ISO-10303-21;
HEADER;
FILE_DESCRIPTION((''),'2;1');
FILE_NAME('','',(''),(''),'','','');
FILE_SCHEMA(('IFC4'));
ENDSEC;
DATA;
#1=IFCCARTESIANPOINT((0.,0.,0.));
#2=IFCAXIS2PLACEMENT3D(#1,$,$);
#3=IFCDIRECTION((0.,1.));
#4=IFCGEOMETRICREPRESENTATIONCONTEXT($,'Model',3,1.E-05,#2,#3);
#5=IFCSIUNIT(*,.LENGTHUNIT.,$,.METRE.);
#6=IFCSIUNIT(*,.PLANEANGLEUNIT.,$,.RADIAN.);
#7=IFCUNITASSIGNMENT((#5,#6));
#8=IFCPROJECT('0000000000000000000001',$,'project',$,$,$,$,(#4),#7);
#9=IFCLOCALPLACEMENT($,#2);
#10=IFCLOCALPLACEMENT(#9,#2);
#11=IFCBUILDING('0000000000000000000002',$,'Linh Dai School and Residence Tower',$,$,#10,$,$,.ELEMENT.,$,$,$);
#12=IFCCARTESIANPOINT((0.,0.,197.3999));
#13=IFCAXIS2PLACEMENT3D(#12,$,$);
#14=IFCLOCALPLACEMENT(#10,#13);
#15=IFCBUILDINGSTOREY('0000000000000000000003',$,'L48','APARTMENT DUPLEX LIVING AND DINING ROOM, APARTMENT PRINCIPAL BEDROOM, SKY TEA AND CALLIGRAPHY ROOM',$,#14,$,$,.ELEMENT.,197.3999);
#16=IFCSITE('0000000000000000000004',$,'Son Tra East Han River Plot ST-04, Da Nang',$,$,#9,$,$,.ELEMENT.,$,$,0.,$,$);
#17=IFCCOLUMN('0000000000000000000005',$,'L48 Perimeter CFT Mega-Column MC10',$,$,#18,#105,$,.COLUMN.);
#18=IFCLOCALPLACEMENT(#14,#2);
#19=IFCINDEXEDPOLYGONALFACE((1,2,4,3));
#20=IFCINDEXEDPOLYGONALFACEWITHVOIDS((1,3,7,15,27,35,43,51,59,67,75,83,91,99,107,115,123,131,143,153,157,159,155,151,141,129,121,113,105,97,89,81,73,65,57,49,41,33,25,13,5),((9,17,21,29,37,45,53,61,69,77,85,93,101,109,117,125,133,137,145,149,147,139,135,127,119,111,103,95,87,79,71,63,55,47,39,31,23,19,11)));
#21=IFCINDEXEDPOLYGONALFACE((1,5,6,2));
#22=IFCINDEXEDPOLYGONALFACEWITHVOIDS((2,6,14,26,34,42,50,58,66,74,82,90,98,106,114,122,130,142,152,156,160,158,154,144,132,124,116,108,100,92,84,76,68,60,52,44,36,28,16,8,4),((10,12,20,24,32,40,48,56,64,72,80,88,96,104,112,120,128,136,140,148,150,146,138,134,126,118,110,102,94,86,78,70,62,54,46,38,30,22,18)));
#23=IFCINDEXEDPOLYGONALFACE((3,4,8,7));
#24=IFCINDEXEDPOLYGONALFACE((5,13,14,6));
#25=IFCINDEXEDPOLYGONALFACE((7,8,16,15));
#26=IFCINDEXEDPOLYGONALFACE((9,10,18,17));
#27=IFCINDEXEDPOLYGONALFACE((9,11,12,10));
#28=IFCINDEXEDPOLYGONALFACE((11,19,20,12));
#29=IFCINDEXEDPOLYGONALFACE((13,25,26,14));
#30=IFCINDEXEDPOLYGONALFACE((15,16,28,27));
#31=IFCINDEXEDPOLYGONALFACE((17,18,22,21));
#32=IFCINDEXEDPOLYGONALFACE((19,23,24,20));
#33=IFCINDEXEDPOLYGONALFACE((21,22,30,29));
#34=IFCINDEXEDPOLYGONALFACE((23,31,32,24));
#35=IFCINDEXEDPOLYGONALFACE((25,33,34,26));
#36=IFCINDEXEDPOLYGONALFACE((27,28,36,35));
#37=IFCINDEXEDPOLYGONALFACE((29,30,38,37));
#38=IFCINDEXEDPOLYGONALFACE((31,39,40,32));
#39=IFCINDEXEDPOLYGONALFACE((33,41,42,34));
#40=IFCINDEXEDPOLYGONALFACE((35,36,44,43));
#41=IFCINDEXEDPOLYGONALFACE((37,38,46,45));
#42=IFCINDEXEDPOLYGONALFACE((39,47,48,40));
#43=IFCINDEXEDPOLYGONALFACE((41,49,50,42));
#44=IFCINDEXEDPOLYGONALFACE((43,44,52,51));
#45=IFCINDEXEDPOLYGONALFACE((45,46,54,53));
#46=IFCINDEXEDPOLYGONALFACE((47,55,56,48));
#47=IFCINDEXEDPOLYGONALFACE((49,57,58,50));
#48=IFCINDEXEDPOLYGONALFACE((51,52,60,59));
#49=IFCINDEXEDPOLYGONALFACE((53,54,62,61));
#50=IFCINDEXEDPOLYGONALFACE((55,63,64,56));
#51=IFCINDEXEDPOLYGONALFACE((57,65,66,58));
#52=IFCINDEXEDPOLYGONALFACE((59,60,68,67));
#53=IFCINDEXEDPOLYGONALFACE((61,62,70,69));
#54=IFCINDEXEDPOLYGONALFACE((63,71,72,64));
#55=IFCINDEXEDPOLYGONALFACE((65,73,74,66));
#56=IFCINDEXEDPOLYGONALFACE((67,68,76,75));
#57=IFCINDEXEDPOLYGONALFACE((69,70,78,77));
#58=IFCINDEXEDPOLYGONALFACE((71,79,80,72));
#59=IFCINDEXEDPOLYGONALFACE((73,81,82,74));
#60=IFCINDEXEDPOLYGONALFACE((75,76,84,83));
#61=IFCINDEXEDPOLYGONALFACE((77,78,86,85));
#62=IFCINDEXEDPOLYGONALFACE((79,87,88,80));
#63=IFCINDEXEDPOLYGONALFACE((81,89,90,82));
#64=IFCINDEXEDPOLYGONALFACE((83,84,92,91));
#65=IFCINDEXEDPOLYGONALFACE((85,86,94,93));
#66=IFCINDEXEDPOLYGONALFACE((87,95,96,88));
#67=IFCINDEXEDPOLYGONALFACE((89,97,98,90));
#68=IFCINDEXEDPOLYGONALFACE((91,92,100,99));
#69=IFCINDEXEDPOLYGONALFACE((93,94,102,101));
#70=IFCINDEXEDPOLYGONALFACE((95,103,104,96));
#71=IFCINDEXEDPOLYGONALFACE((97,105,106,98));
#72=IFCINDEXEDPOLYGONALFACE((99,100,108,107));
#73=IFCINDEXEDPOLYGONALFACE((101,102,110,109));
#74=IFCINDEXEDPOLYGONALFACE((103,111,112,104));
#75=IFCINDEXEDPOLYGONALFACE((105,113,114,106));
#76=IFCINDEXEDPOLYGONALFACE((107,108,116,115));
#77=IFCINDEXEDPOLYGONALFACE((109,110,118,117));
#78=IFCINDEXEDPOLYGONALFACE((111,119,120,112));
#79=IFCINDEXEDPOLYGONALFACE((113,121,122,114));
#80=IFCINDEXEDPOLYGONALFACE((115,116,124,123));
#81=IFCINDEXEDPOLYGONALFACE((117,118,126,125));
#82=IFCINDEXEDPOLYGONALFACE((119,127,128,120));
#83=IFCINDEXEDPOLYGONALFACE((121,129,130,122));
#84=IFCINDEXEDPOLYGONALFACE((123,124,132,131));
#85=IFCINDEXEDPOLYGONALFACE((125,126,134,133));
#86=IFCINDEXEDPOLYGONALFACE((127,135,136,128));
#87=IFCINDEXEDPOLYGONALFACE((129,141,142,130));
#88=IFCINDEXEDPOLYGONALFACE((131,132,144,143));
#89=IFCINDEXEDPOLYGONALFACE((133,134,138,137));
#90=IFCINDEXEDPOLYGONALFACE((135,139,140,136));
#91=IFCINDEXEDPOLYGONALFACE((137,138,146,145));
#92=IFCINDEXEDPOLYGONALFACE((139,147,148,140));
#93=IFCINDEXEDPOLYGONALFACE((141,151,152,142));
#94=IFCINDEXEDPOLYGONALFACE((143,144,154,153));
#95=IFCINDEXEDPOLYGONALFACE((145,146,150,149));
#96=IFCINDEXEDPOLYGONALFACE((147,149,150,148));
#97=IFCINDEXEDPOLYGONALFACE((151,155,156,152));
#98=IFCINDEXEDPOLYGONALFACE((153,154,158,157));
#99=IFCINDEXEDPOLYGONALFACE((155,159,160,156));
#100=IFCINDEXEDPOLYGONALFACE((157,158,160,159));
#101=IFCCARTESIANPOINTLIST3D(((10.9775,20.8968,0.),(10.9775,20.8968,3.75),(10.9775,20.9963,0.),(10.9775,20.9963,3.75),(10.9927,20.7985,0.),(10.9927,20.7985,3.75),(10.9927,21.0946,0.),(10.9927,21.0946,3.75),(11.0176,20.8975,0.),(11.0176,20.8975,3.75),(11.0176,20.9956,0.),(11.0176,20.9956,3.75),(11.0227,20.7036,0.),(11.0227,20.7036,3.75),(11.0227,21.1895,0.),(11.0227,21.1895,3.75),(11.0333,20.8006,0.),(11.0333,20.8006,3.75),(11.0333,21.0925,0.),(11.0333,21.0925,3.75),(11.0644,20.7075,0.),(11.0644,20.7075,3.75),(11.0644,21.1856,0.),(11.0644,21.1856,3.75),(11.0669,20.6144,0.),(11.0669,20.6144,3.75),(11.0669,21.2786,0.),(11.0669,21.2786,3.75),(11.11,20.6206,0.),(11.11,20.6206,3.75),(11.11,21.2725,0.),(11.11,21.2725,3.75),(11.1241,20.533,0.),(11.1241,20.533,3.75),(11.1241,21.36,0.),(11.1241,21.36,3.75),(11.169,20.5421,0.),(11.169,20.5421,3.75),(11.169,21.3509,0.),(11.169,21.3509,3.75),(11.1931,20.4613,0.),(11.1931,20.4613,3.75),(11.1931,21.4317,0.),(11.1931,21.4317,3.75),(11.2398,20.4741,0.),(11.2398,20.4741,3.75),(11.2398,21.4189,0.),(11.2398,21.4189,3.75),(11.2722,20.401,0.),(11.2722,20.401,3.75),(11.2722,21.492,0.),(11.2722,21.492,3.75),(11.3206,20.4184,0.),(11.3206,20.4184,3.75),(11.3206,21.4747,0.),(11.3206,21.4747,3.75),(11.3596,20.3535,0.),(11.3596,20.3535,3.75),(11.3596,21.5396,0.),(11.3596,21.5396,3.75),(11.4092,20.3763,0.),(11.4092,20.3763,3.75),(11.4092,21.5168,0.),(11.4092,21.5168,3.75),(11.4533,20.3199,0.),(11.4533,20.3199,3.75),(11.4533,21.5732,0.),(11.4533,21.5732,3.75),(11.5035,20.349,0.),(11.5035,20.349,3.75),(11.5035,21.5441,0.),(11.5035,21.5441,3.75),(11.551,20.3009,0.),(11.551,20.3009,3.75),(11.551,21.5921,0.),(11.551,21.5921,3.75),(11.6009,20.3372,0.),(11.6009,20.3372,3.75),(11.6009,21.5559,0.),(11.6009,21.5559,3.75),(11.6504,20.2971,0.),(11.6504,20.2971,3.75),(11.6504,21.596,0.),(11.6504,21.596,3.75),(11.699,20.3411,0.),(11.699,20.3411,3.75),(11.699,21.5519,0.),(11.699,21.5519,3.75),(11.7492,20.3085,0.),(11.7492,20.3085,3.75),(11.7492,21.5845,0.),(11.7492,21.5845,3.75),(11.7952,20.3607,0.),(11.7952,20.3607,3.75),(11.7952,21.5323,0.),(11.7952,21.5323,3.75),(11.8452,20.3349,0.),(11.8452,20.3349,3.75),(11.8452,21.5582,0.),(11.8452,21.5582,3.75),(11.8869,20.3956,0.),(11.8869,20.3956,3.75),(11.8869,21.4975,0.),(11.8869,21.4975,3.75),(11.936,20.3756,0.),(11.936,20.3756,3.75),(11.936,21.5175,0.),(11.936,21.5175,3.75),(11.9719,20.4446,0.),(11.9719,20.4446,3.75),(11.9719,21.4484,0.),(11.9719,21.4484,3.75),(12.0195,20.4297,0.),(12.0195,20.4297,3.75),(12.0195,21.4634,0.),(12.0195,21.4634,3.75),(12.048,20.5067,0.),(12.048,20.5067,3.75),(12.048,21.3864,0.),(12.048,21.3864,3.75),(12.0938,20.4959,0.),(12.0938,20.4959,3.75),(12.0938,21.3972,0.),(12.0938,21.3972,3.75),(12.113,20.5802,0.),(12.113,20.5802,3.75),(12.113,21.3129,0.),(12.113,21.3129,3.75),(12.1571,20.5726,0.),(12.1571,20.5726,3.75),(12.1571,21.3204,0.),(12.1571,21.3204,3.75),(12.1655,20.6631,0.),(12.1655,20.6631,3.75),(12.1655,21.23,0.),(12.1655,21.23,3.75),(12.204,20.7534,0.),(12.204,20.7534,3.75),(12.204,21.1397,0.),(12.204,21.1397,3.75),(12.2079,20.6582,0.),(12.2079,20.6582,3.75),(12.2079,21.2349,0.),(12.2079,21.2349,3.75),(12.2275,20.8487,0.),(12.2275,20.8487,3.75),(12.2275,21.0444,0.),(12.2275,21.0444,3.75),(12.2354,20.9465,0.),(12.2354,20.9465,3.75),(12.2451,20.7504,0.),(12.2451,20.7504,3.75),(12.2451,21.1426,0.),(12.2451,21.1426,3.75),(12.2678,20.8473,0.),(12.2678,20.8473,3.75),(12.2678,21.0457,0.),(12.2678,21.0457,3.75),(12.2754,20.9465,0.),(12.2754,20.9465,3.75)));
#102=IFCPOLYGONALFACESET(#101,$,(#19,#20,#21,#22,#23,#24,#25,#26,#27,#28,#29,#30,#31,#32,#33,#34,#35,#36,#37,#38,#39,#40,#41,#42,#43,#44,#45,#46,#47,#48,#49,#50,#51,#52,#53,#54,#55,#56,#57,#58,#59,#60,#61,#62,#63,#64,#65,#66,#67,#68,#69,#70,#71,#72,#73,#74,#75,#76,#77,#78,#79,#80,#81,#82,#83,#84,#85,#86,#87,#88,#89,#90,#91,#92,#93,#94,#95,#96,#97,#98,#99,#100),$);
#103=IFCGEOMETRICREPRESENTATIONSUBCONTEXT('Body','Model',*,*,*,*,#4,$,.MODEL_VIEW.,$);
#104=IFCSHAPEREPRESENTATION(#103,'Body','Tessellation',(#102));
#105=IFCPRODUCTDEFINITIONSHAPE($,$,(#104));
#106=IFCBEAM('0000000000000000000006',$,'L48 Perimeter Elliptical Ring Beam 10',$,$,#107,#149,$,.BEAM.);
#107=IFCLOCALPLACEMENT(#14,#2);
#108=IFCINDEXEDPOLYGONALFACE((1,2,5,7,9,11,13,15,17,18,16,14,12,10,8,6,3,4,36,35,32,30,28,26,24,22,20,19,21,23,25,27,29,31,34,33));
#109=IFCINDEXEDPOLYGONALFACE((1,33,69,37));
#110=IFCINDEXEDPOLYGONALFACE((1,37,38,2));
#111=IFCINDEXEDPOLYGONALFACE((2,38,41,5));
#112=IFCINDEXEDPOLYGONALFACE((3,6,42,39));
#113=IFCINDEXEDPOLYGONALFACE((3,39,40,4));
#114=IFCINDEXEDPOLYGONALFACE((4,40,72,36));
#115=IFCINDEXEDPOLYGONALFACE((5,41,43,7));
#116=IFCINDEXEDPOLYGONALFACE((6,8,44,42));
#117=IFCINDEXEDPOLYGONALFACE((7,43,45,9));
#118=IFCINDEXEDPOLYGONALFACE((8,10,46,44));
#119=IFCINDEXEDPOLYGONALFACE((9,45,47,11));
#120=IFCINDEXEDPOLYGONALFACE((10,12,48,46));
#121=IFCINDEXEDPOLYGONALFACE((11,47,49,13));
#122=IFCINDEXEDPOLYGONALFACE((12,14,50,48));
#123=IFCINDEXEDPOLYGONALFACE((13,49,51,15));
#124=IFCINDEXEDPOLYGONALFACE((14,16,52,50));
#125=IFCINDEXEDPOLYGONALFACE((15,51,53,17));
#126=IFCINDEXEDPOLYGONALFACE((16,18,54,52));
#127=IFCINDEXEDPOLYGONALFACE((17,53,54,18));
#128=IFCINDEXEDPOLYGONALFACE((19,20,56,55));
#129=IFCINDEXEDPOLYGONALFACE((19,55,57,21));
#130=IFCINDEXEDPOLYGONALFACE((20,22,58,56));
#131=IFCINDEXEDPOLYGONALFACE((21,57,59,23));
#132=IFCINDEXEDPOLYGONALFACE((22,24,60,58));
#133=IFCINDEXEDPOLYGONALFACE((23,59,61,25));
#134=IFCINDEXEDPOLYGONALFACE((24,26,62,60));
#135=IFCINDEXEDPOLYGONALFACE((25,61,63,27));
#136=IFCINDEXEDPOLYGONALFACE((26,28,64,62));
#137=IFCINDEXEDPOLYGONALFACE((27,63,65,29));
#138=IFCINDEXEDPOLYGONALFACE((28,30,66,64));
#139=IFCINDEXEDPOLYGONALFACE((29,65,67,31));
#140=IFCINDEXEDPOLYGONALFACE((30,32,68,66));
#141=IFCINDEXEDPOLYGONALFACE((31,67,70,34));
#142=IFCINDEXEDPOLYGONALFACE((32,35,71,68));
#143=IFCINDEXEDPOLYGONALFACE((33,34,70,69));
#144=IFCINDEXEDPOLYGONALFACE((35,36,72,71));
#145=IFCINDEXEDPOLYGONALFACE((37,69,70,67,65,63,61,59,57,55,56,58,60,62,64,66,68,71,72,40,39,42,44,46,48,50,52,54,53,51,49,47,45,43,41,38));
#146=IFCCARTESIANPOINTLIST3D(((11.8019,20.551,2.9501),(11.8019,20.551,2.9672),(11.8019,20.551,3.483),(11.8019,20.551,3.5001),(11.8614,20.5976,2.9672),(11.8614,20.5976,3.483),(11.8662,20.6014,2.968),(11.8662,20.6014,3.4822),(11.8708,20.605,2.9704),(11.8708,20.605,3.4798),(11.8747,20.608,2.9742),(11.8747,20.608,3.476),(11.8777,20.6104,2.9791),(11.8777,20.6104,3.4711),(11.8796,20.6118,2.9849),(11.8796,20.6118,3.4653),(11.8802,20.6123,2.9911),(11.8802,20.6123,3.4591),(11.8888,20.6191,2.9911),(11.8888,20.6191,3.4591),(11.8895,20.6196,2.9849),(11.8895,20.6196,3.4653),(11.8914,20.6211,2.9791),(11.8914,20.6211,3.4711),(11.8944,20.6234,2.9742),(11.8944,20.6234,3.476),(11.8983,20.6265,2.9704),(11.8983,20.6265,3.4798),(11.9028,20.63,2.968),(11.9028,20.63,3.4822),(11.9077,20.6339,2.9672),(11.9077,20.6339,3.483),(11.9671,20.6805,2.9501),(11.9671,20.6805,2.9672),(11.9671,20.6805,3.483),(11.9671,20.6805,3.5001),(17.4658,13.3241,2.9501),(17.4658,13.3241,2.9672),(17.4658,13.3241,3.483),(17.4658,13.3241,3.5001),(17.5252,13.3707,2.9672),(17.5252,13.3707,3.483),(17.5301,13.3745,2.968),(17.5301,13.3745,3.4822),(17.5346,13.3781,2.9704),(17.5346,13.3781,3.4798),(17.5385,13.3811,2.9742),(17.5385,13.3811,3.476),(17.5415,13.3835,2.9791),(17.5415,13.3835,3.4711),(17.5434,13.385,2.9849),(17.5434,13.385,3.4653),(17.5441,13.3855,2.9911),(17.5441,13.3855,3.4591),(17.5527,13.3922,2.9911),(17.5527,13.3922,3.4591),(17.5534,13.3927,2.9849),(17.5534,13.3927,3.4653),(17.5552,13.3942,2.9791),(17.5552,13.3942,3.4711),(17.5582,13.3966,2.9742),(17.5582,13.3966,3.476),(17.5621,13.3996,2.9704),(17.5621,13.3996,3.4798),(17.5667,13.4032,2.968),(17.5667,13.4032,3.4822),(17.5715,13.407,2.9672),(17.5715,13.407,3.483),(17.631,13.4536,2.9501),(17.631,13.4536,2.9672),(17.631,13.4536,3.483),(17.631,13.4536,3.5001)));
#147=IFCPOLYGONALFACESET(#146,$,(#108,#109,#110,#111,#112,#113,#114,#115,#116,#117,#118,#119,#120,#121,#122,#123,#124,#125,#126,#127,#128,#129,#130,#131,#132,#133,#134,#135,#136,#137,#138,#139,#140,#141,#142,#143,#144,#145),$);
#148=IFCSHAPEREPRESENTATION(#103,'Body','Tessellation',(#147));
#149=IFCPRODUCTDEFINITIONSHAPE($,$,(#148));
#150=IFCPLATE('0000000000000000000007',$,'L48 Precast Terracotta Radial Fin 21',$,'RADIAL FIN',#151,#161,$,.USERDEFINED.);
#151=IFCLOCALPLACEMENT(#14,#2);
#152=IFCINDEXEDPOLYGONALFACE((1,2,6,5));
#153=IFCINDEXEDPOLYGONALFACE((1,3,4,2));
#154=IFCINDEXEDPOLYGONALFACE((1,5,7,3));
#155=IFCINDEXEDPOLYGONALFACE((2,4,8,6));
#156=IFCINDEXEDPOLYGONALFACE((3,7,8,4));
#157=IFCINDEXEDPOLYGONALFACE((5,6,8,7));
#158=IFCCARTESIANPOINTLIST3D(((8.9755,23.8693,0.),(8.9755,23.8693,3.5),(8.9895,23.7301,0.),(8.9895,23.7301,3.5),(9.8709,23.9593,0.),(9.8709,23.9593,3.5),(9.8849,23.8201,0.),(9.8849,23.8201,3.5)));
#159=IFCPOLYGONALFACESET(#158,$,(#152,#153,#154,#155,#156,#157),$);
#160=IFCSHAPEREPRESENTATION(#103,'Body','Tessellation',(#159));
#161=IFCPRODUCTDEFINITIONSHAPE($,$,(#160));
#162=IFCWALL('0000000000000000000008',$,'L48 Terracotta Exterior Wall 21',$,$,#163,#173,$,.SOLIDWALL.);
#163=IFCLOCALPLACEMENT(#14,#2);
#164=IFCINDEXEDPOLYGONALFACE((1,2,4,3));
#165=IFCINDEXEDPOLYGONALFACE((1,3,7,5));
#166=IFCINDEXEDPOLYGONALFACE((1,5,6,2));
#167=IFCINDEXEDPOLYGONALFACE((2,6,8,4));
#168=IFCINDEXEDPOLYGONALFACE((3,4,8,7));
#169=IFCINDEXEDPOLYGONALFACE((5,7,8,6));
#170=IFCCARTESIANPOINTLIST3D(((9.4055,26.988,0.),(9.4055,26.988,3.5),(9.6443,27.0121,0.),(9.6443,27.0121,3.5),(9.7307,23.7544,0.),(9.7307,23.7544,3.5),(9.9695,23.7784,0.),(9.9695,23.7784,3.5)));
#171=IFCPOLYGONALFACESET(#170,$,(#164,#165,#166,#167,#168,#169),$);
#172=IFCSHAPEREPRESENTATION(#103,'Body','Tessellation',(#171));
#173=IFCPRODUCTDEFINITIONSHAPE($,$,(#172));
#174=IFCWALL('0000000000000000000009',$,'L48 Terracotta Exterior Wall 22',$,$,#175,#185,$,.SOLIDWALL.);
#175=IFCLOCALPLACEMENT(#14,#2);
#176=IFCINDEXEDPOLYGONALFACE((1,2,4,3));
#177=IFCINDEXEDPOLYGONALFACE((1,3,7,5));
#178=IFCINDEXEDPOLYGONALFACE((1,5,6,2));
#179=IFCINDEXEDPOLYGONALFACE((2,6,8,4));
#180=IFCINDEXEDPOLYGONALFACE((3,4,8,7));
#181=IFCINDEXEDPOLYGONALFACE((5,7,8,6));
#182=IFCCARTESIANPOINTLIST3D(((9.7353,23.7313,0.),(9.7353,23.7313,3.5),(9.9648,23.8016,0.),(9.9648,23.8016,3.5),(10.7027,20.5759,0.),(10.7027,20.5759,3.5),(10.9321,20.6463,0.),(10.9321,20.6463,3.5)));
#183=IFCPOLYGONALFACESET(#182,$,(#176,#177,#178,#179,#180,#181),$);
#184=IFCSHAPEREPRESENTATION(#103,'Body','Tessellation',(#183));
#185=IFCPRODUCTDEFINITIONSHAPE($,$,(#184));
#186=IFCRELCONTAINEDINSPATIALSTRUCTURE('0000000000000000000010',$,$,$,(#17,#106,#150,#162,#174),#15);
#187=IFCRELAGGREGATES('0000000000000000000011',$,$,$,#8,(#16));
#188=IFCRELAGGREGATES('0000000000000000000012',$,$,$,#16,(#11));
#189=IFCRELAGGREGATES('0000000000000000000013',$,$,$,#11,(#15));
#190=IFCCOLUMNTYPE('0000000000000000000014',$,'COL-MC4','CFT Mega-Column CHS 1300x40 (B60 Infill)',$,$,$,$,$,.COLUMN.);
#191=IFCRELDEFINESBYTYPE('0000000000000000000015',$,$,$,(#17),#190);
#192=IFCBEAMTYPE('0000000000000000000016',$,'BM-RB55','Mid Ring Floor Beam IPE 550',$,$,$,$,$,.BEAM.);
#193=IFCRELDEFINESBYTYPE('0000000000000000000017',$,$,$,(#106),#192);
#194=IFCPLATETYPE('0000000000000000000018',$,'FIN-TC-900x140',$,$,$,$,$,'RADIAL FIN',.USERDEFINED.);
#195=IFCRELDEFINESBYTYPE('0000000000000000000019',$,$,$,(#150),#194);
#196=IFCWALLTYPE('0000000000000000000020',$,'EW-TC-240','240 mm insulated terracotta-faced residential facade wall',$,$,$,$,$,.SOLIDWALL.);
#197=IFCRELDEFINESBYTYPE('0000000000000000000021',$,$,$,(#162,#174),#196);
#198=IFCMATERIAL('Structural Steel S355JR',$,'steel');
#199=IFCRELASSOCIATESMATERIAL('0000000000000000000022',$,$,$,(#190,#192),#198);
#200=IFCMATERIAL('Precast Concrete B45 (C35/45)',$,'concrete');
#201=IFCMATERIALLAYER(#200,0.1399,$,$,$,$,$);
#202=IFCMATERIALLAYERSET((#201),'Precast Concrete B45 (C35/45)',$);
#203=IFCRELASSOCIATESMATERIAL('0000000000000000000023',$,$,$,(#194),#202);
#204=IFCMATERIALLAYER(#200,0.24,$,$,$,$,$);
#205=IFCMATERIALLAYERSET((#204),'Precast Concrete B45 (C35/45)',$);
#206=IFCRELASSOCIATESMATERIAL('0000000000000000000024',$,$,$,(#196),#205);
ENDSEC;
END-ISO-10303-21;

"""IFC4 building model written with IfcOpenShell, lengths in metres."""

from ifc_helpers import new_model, si_unit, direction, frame, frame_2d, origin, origin_2d, place, context, subcontext, project, spatial, rectangle, hollow_circle, i_section, extrude, source, transform, mapped, material, layer, layer_set, material_profile, profile_set, type_object, element, save


model = new_model("IFC4")

# Units and contexts
model_context = context("Model", 3, precision=1e-05, world=origin(), true_north=direction((0.0, 1.0)))
body_context = subcontext(model_context, "Body", "Model", "MODEL_VIEW")
ifc_project = project(units=[si_unit("LENGTHUNIT", "METRE"), si_unit("PLANEANGLEUNIT", "RADIAN")], contexts=[model_context])

# Site, building, storey
site_placement = place(None, origin())
site = spatial("IfcSite", under=ifc_project, at=site_placement, Name="Son Tra East Han River Plot ST-04, Da Nang", CompositionType="ELEMENT", RefElevation=0.0)
building_placement = place(site_placement, origin())
building = spatial("IfcBuilding", under=site, at=building_placement, Name="Linh Dai School and Residence Tower", CompositionType="ELEMENT")
storey_placement = place(building_placement, frame((0.0, 0.0, 197.3999)))
storey = spatial("IfcBuildingStorey", under=building, at=storey_placement, Name="L48", Description="APARTMENT DUPLEX LIVING AND DINING ROOM, APARTMENT PRINCIPAL BEDROOM, SKY TEA AND CALLIGRAPHY ROOM", CompositionType="ELEMENT", Elevation=197.3999)

# Column
ifc_material_1 = material(Name="Structural Steel S355JR", Category="steel")
ifc_material_profile_1 = material_profile(ifc_material_1, hollow_circle(Radius=0.6499, WallThickness=0.04, at=origin_2d()), Name="CHS 1300x40")
ifc_profile_set_1 = profile_set([ifc_material_profile_1], Name="Structural Steel S355JR")
column_type = type_object("IfcColumnType", Name="COL-MC4", Description="CFT Mega-Column CHS 1300x40 (B60 Infill)", PredefinedType="COLUMN", material=ifc_profile_set_1)
column_placement = place(storey_placement, frame((11.6255, 20.9465, 0.0), z_axis=(0.0, 0.0, 1.0), x_axis=(1.0, 0.0, 0.0)))
element("IfcColumn", 1, at=column_placement, inside=storey, type_object=column_type, Name="L48 Perimeter CFT Mega-Column MC10", PredefinedType="COLUMN", context=body_context, shape_type="SweptSolid", body=[
    extrude(hollow_circle(Radius=0.6499, WallThickness=0.04, at=origin_2d()), origin(), (0.0, 0.0, 1.0), 3.75),
])

# Beam
ifc_material_profile_2 = material_profile(ifc_material_1, i_section(OverallWidth=0.21, OverallDepth=0.55, WebThickness=0.011, FlangeThickness=0.0171, FilletRadius=0.0239, at=origin_2d()), Name="IPE 550")
ifc_profile_set_2 = profile_set([ifc_material_profile_2], Name="Structural Steel S355JR")
beam_type = type_object("IfcBeamType", Name="BM-RB55", Description="Mid Ring Floor Beam IPE 550", PredefinedType="BEAM", material=ifc_profile_set_2)
beam_placement = place(storey_placement, frame((11.8845, 20.6157, 3.2251), z_axis=(0.616852, -0.787079, 0.0), x_axis=(0.787079, 0.616852, 0.0)))
element("IfcBeam", 2, at=beam_placement, inside=storey, type_object=beam_type, Name="L48 Perimeter Elliptical Ring Beam 10", PredefinedType="BEAM", context=body_context, shape_type="SweptSolid", body=[
    extrude(i_section(OverallWidth=0.21, OverallDepth=0.55, WebThickness=0.011, FlangeThickness=0.0171, FilletRadius=0.0239, at=origin_2d()), origin(), (0.0, 0.0, 1.0), 9.1819),
])

# Plate
ifc_material_2 = material(Name="Precast Concrete B45 (C35/45)", Category="concrete")
ifc_layer_1 = layer(ifc_material_2, 0.1399)
ifc_layer_set_1 = layer_set([ifc_layer_1], Name="Precast Concrete B45 (C35/45)")
plate_type = type_object("IfcPlateType", Name="FIN-TC-900x140", ElementType="RADIAL FIN", PredefinedType="USERDEFINED", material=ifc_layer_set_1)
shared_shape_1 = source(origin(), body_context, "Body", "SweptSolid", [
    extrude(rectangle(XDim=0.8999, YDim=0.1399, at=origin_2d()), origin(), (0.0, 0.0, 1.0), 3.5),
])
plate_placement = place(storey_placement, frame((9.4302, 23.8447, 0.0), z_axis=(0.0, 0.0, 1.0), x_axis=(-0.994987, -0.100002, 0.0)))
element("IfcPlate", 3, at=plate_placement, inside=storey, type_object=plate_type, Name="L48 Precast Terracotta Radial Fin 21", ObjectType="RADIAL FIN", PredefinedType="USERDEFINED", context=body_context, shape_type="MappedRepresentation", body=[
    mapped(shared_shape_1, transform((0.0, 0.0, 0.0), x_axis=(1.0, 0.0, 0.0), y_axis=(0.0, 1.0, 0.0), z_axis=(0.0, 0.0, 1.0), scale=1.0)),
])

# Walls
ifc_layer_2 = layer(ifc_material_2, 0.24)
ifc_layer_set_2 = layer_set([ifc_layer_2], Name="Precast Concrete B45 (C35/45)")
wall_type_1 = type_object("IfcWallType", Name="EW-TC-240", Description="240 mm insulated terracotta-faced residential facade wall", PredefinedType="SOLIDWALL", material=ifc_layer_set_2)
wall_1_placement = place(storey_placement, frame((9.8501, 23.7664, 0.0), z_axis=(0.0, 0.0, 1.0), x_axis=(-0.100062, 0.994981, 0.0)))
element("IfcWall", 4, at=wall_1_placement, inside=storey, type_object=wall_type_1, Name="L48 Terracotta Exterior Wall 21", PredefinedType="SOLIDWALL", context=body_context, shape_type="SweptSolid", body=[
    extrude(rectangle(XDim=3.25, YDim=0.24, at=frame_2d((1.625, 0.0))), origin(), (0.0, 0.0, 1.0), 3.5),
])
wall_2_placement = place(storey_placement, frame((10.8174, 20.6111, 0.0), z_axis=(0.0, 0.0, 1.0), x_axis=(-0.293098, 0.956082, 0.0)))
element("IfcWall", 5, at=wall_2_placement, inside=storey, type_object=wall_type_1, Name="L48 Terracotta Exterior Wall 22", PredefinedType="SOLIDWALL", context=body_context, shape_type="SweptSolid", body=[
    extrude(rectangle(XDim=3.3003, YDim=0.24, at=frame_2d((1.6501, 0.0))), origin(), (0.0, 0.0, 1.0), 3.5),
])

save(model, "model.ifc")
